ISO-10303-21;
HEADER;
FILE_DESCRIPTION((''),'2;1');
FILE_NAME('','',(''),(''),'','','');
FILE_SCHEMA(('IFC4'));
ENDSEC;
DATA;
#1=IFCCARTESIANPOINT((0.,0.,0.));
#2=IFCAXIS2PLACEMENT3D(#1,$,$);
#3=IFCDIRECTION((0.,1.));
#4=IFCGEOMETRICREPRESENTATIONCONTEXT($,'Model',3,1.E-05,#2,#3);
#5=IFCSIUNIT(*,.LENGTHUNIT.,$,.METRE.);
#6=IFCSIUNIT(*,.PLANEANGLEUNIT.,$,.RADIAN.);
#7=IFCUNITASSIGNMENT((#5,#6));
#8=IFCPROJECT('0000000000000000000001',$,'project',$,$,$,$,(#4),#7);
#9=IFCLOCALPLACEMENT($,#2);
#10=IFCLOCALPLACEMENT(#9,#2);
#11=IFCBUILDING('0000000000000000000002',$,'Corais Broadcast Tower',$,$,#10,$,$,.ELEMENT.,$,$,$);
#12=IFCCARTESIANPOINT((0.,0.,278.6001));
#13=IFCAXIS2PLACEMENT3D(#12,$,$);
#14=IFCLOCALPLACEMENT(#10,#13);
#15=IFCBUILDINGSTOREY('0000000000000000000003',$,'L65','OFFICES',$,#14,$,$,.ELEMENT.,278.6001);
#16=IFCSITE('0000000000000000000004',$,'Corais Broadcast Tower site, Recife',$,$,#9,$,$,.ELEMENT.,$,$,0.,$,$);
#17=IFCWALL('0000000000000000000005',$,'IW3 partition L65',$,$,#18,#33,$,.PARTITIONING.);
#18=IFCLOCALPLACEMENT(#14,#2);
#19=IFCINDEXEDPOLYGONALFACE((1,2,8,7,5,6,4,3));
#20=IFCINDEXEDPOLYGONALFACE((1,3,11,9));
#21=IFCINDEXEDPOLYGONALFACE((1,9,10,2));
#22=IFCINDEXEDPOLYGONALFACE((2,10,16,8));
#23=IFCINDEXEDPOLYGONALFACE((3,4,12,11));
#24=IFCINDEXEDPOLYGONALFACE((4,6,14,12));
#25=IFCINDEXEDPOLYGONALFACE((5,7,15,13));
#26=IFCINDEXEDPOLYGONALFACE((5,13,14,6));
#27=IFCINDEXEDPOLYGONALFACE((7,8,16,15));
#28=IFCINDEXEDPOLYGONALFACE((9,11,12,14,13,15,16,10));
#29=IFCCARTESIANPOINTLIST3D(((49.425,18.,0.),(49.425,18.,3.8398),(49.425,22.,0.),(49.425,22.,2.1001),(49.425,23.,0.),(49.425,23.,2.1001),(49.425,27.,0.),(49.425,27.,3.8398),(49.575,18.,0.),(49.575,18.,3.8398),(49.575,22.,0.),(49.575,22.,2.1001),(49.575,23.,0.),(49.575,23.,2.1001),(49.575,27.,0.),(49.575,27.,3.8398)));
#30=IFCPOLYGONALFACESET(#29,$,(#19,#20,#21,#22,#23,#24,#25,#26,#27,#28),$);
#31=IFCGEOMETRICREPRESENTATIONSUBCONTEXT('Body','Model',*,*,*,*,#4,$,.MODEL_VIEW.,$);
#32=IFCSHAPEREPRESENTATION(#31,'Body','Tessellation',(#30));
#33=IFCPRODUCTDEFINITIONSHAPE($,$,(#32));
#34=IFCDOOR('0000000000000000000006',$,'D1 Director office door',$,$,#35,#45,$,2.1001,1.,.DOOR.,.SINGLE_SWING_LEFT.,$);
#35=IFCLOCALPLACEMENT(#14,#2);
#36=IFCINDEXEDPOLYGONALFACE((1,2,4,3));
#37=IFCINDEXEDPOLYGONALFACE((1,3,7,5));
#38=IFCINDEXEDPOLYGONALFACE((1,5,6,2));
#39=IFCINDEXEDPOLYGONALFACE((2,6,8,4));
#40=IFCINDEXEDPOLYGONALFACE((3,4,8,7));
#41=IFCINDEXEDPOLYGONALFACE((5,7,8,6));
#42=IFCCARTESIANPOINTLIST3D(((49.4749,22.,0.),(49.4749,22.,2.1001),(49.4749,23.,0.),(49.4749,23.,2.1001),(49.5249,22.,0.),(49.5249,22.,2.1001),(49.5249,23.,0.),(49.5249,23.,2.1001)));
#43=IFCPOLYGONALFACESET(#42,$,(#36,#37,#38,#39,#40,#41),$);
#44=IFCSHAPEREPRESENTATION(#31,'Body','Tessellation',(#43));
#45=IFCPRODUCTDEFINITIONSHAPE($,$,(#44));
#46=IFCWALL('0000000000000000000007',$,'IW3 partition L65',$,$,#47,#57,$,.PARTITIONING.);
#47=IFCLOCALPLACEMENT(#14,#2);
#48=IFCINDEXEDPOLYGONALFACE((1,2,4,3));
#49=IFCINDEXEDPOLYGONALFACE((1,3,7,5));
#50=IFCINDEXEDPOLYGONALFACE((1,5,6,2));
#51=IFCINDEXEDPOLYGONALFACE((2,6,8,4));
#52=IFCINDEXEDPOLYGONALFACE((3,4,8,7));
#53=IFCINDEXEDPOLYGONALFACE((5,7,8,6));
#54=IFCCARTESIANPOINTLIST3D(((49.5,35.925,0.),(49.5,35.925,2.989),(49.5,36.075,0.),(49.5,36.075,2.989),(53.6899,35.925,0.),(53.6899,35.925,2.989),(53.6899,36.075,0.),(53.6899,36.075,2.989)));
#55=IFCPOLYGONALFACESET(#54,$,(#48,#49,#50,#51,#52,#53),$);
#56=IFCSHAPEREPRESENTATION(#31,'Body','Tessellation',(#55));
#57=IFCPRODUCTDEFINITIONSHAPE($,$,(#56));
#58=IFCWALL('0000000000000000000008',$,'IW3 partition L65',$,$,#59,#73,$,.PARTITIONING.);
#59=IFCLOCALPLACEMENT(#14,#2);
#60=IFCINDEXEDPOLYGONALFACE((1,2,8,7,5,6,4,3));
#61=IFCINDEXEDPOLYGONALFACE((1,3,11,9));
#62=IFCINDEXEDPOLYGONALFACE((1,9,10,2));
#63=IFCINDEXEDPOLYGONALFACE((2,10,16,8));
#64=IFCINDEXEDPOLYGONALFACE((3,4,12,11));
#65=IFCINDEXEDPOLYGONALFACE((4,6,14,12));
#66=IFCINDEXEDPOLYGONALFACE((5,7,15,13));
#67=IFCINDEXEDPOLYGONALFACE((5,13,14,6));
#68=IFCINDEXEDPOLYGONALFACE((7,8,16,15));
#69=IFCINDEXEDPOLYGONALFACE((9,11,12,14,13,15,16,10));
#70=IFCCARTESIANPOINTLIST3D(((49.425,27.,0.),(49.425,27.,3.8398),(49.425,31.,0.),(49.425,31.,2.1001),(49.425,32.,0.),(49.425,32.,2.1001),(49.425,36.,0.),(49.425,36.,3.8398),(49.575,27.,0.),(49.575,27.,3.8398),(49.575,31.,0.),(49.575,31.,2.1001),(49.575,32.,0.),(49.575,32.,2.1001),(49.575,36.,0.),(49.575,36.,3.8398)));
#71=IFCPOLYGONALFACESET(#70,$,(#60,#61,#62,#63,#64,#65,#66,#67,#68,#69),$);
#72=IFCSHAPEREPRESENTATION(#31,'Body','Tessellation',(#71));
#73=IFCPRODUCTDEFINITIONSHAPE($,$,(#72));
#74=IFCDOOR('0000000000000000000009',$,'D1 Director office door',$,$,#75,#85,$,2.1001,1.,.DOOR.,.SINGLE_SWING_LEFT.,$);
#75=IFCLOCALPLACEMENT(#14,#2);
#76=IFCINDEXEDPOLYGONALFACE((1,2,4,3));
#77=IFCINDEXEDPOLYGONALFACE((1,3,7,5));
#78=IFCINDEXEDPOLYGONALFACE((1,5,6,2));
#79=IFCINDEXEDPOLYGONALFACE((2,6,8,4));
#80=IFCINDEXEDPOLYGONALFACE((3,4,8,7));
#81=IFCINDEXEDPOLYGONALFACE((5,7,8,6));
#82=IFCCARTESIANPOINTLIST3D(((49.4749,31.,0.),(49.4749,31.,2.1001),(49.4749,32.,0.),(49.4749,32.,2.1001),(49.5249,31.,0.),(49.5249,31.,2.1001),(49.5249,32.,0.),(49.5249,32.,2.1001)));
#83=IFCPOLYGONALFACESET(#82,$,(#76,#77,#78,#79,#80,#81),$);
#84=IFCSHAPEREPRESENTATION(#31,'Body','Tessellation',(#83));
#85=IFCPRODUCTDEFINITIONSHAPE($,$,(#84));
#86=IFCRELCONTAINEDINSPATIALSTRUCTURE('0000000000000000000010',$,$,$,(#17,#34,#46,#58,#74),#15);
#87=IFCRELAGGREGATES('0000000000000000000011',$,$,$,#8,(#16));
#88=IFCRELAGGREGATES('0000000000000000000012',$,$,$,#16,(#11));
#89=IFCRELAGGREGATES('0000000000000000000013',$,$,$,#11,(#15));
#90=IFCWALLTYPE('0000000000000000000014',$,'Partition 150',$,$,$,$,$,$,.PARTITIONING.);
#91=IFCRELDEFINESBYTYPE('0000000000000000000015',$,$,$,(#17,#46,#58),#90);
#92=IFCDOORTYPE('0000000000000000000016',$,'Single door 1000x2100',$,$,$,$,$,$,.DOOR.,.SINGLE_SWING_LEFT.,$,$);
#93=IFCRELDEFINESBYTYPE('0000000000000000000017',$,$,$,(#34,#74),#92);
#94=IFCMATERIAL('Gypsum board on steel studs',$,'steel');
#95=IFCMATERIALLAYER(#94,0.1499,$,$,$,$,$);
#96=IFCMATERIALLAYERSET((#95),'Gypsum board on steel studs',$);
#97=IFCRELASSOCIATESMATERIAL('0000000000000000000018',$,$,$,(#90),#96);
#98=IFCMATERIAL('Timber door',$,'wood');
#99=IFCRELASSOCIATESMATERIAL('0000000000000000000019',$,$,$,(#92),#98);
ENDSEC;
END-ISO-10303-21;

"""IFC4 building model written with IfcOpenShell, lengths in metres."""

from ifc_helpers import new_model, si_unit, direction, frame, frame_2d, origin, place, context, subcontext, project, spatial, rectangle, extrude, material, layer, layer_set, type_object, element, fill, save


model = new_model("IFC4")

# Units and contexts
model_context = context("Model", 3, precision=1e-05, world=origin(), true_north=direction((0.0, 1.0)))
body_context = subcontext(model_context, "Body", "Model", "MODEL_VIEW")
ifc_project = project(units=[si_unit("LENGTHUNIT", "METRE"), si_unit("PLANEANGLEUNIT", "RADIAN")], contexts=[model_context])

# Site, building, storey
site_placement = place(None, origin())
site = spatial("IfcSite", under=ifc_project, at=site_placement, Name="Corais Broadcast Tower site, Recife", CompositionType="ELEMENT", RefElevation=0.0)
building_placement = place(site_placement, origin())
building = spatial("IfcBuilding", under=site, at=building_placement, Name="Corais Broadcast Tower", CompositionType="ELEMENT")
storey_placement = place(building_placement, frame((0.0, 0.0, 278.6001)))
storey = spatial("IfcBuildingStorey", under=building, at=storey_placement, Name="L65", Description="OFFICES", CompositionType="ELEMENT", Elevation=278.6001)

# Shared definitions
ifc_material_1 = material(Name="Gypsum board on steel studs", Category="steel")
ifc_layer_1 = layer(ifc_material_1, 0.1499)
ifc_layer_set_1 = layer_set([ifc_layer_1], Name="Gypsum board on steel studs")
wall_type = type_object("IfcWallType", Name="Partition 150", PredefinedType="PARTITIONING", material=ifc_layer_set_1)

# Wall, opening, door
wall_1_placement = place(storey_placement, frame((49.5, 27.0, 0.0), z_axis=(0.0, 0.0, 1.0), x_axis=(0.0, -1.0, 0.0)))
wall_1 = element("IfcWall", 1, at=wall_1_placement, inside=storey, type_object=wall_type, Name="IW3 partition L65", PredefinedType="PARTITIONING", context=body_context, shape_type="SweptSolid", body=[
    extrude(rectangle(XDim=9.0, YDim=0.1499, at=frame_2d((4.5, 0.0))), origin(), (0.0, 0.0, 1.0), 3.8398),
])
opening_1_placement = place(wall_1_placement, frame((4.0, 0.0, 0.0)))
opening_1 = element("IfcOpeningElement", 2, at=opening_1_placement, cuts=wall_1, PredefinedType="OPENING", context=body_context, shape_type="SweptSolid", body=[
    extrude(rectangle(XDim=1.0, YDim=2.1001, at=frame_2d((0.5, 1.05))), frame((0.0, 0.085, 0.0), z_axis=(0.0, -1.0, 0.0), x_axis=(1.0, 0.0, 0.0)), (0.0, 0.0, 1.0), 0.1699),
])
ifc_material_2 = material(Name="Timber door", Category="wood")
door_type = type_object("IfcDoorType", Name="Single door 1000x2100", OperationType="SINGLE_SWING_LEFT", PredefinedType="DOOR", material=ifc_material_2)
door_1_placement = place(opening_1_placement, origin())
door_1 = element("IfcDoor", 3, at=door_1_placement, inside=storey, type_object=door_type, Name="D1 Director office door", OperationType="SINGLE_SWING_LEFT", OverallHeight=2.1001, OverallWidth=1.0, PredefinedType="DOOR", context=body_context, shape_type="SweptSolid", body=[
    extrude(rectangle(XDim=1.0, YDim=2.1001, at=frame_2d((0.5, 1.05))), frame((0.0, 0.0249, 0.0), z_axis=(0.0, -1.0, 0.0), x_axis=(1.0, 0.0, 0.0)), (0.0, 0.0, 1.0), 0.05),
])
fill(opening_1, door_1)

# Wall
wall_2_placement = place(storey_placement, frame((53.6899, 36.0, 0.0), z_axis=(0.0, 0.0, 1.0), x_axis=(-1.0, 0.0, 0.0)))
element("IfcWall", 4, at=wall_2_placement, inside=storey, type_object=wall_type, Name="IW3 partition L65", PredefinedType="PARTITIONING", context=body_context, shape_type="SweptSolid", body=[
    extrude(rectangle(XDim=4.1899, YDim=0.1499, at=frame_2d((2.095, 0.0))), origin(), (0.0, 0.0, 1.0), 2.989),
])

# Wall, opening, door
wall_3_placement = place(storey_placement, frame((49.5, 36.0, 0.0), z_axis=(0.0, 0.0, 1.0), x_axis=(0.0, -1.0, 0.0)))
wall_3 = element("IfcWall", 5, at=wall_3_placement, inside=storey, type_object=wall_type, Name="IW3 partition L65", PredefinedType="PARTITIONING", context=body_context, shape_type="SweptSolid", body=[
    extrude(rectangle(XDim=9.0, YDim=0.1499, at=frame_2d((4.5, 0.0))), origin(), (0.0, 0.0, 1.0), 3.8398),
])
opening_2_placement = place(wall_3_placement, frame((4.0, 0.0, 0.0)))
opening_2 = element("IfcOpeningElement", 6, at=opening_2_placement, cuts=wall_3, PredefinedType="OPENING", context=body_context, shape_type="SweptSolid", body=[
    extrude(rectangle(XDim=1.0, YDim=2.1001, at=frame_2d((0.5, 1.05))), frame((0.0, 0.085, 0.0), z_axis=(0.0, -1.0, 0.0), x_axis=(1.0, 0.0, 0.0)), (0.0, 0.0, 1.0), 0.1699),
])
door_2_placement = place(opening_2_placement, origin())
door_2 = element("IfcDoor", 7, at=door_2_placement, inside=storey, type_object=door_type, Name="D1 Director office door", OperationType="SINGLE_SWING_LEFT", OverallHeight=2.1001, OverallWidth=1.0, PredefinedType="DOOR", context=body_context, shape_type="SweptSolid", body=[
    extrude(rectangle(XDim=1.0, YDim=2.1001, at=frame_2d((0.5, 1.05))), frame((0.0, 0.0249, 0.0), z_axis=(0.0, -1.0, 0.0), x_axis=(1.0, 0.0, 0.0)), (0.0, 0.0, 1.0), 0.05),
])
fill(opening_2, door_2)

save(model, "model.ifc")
